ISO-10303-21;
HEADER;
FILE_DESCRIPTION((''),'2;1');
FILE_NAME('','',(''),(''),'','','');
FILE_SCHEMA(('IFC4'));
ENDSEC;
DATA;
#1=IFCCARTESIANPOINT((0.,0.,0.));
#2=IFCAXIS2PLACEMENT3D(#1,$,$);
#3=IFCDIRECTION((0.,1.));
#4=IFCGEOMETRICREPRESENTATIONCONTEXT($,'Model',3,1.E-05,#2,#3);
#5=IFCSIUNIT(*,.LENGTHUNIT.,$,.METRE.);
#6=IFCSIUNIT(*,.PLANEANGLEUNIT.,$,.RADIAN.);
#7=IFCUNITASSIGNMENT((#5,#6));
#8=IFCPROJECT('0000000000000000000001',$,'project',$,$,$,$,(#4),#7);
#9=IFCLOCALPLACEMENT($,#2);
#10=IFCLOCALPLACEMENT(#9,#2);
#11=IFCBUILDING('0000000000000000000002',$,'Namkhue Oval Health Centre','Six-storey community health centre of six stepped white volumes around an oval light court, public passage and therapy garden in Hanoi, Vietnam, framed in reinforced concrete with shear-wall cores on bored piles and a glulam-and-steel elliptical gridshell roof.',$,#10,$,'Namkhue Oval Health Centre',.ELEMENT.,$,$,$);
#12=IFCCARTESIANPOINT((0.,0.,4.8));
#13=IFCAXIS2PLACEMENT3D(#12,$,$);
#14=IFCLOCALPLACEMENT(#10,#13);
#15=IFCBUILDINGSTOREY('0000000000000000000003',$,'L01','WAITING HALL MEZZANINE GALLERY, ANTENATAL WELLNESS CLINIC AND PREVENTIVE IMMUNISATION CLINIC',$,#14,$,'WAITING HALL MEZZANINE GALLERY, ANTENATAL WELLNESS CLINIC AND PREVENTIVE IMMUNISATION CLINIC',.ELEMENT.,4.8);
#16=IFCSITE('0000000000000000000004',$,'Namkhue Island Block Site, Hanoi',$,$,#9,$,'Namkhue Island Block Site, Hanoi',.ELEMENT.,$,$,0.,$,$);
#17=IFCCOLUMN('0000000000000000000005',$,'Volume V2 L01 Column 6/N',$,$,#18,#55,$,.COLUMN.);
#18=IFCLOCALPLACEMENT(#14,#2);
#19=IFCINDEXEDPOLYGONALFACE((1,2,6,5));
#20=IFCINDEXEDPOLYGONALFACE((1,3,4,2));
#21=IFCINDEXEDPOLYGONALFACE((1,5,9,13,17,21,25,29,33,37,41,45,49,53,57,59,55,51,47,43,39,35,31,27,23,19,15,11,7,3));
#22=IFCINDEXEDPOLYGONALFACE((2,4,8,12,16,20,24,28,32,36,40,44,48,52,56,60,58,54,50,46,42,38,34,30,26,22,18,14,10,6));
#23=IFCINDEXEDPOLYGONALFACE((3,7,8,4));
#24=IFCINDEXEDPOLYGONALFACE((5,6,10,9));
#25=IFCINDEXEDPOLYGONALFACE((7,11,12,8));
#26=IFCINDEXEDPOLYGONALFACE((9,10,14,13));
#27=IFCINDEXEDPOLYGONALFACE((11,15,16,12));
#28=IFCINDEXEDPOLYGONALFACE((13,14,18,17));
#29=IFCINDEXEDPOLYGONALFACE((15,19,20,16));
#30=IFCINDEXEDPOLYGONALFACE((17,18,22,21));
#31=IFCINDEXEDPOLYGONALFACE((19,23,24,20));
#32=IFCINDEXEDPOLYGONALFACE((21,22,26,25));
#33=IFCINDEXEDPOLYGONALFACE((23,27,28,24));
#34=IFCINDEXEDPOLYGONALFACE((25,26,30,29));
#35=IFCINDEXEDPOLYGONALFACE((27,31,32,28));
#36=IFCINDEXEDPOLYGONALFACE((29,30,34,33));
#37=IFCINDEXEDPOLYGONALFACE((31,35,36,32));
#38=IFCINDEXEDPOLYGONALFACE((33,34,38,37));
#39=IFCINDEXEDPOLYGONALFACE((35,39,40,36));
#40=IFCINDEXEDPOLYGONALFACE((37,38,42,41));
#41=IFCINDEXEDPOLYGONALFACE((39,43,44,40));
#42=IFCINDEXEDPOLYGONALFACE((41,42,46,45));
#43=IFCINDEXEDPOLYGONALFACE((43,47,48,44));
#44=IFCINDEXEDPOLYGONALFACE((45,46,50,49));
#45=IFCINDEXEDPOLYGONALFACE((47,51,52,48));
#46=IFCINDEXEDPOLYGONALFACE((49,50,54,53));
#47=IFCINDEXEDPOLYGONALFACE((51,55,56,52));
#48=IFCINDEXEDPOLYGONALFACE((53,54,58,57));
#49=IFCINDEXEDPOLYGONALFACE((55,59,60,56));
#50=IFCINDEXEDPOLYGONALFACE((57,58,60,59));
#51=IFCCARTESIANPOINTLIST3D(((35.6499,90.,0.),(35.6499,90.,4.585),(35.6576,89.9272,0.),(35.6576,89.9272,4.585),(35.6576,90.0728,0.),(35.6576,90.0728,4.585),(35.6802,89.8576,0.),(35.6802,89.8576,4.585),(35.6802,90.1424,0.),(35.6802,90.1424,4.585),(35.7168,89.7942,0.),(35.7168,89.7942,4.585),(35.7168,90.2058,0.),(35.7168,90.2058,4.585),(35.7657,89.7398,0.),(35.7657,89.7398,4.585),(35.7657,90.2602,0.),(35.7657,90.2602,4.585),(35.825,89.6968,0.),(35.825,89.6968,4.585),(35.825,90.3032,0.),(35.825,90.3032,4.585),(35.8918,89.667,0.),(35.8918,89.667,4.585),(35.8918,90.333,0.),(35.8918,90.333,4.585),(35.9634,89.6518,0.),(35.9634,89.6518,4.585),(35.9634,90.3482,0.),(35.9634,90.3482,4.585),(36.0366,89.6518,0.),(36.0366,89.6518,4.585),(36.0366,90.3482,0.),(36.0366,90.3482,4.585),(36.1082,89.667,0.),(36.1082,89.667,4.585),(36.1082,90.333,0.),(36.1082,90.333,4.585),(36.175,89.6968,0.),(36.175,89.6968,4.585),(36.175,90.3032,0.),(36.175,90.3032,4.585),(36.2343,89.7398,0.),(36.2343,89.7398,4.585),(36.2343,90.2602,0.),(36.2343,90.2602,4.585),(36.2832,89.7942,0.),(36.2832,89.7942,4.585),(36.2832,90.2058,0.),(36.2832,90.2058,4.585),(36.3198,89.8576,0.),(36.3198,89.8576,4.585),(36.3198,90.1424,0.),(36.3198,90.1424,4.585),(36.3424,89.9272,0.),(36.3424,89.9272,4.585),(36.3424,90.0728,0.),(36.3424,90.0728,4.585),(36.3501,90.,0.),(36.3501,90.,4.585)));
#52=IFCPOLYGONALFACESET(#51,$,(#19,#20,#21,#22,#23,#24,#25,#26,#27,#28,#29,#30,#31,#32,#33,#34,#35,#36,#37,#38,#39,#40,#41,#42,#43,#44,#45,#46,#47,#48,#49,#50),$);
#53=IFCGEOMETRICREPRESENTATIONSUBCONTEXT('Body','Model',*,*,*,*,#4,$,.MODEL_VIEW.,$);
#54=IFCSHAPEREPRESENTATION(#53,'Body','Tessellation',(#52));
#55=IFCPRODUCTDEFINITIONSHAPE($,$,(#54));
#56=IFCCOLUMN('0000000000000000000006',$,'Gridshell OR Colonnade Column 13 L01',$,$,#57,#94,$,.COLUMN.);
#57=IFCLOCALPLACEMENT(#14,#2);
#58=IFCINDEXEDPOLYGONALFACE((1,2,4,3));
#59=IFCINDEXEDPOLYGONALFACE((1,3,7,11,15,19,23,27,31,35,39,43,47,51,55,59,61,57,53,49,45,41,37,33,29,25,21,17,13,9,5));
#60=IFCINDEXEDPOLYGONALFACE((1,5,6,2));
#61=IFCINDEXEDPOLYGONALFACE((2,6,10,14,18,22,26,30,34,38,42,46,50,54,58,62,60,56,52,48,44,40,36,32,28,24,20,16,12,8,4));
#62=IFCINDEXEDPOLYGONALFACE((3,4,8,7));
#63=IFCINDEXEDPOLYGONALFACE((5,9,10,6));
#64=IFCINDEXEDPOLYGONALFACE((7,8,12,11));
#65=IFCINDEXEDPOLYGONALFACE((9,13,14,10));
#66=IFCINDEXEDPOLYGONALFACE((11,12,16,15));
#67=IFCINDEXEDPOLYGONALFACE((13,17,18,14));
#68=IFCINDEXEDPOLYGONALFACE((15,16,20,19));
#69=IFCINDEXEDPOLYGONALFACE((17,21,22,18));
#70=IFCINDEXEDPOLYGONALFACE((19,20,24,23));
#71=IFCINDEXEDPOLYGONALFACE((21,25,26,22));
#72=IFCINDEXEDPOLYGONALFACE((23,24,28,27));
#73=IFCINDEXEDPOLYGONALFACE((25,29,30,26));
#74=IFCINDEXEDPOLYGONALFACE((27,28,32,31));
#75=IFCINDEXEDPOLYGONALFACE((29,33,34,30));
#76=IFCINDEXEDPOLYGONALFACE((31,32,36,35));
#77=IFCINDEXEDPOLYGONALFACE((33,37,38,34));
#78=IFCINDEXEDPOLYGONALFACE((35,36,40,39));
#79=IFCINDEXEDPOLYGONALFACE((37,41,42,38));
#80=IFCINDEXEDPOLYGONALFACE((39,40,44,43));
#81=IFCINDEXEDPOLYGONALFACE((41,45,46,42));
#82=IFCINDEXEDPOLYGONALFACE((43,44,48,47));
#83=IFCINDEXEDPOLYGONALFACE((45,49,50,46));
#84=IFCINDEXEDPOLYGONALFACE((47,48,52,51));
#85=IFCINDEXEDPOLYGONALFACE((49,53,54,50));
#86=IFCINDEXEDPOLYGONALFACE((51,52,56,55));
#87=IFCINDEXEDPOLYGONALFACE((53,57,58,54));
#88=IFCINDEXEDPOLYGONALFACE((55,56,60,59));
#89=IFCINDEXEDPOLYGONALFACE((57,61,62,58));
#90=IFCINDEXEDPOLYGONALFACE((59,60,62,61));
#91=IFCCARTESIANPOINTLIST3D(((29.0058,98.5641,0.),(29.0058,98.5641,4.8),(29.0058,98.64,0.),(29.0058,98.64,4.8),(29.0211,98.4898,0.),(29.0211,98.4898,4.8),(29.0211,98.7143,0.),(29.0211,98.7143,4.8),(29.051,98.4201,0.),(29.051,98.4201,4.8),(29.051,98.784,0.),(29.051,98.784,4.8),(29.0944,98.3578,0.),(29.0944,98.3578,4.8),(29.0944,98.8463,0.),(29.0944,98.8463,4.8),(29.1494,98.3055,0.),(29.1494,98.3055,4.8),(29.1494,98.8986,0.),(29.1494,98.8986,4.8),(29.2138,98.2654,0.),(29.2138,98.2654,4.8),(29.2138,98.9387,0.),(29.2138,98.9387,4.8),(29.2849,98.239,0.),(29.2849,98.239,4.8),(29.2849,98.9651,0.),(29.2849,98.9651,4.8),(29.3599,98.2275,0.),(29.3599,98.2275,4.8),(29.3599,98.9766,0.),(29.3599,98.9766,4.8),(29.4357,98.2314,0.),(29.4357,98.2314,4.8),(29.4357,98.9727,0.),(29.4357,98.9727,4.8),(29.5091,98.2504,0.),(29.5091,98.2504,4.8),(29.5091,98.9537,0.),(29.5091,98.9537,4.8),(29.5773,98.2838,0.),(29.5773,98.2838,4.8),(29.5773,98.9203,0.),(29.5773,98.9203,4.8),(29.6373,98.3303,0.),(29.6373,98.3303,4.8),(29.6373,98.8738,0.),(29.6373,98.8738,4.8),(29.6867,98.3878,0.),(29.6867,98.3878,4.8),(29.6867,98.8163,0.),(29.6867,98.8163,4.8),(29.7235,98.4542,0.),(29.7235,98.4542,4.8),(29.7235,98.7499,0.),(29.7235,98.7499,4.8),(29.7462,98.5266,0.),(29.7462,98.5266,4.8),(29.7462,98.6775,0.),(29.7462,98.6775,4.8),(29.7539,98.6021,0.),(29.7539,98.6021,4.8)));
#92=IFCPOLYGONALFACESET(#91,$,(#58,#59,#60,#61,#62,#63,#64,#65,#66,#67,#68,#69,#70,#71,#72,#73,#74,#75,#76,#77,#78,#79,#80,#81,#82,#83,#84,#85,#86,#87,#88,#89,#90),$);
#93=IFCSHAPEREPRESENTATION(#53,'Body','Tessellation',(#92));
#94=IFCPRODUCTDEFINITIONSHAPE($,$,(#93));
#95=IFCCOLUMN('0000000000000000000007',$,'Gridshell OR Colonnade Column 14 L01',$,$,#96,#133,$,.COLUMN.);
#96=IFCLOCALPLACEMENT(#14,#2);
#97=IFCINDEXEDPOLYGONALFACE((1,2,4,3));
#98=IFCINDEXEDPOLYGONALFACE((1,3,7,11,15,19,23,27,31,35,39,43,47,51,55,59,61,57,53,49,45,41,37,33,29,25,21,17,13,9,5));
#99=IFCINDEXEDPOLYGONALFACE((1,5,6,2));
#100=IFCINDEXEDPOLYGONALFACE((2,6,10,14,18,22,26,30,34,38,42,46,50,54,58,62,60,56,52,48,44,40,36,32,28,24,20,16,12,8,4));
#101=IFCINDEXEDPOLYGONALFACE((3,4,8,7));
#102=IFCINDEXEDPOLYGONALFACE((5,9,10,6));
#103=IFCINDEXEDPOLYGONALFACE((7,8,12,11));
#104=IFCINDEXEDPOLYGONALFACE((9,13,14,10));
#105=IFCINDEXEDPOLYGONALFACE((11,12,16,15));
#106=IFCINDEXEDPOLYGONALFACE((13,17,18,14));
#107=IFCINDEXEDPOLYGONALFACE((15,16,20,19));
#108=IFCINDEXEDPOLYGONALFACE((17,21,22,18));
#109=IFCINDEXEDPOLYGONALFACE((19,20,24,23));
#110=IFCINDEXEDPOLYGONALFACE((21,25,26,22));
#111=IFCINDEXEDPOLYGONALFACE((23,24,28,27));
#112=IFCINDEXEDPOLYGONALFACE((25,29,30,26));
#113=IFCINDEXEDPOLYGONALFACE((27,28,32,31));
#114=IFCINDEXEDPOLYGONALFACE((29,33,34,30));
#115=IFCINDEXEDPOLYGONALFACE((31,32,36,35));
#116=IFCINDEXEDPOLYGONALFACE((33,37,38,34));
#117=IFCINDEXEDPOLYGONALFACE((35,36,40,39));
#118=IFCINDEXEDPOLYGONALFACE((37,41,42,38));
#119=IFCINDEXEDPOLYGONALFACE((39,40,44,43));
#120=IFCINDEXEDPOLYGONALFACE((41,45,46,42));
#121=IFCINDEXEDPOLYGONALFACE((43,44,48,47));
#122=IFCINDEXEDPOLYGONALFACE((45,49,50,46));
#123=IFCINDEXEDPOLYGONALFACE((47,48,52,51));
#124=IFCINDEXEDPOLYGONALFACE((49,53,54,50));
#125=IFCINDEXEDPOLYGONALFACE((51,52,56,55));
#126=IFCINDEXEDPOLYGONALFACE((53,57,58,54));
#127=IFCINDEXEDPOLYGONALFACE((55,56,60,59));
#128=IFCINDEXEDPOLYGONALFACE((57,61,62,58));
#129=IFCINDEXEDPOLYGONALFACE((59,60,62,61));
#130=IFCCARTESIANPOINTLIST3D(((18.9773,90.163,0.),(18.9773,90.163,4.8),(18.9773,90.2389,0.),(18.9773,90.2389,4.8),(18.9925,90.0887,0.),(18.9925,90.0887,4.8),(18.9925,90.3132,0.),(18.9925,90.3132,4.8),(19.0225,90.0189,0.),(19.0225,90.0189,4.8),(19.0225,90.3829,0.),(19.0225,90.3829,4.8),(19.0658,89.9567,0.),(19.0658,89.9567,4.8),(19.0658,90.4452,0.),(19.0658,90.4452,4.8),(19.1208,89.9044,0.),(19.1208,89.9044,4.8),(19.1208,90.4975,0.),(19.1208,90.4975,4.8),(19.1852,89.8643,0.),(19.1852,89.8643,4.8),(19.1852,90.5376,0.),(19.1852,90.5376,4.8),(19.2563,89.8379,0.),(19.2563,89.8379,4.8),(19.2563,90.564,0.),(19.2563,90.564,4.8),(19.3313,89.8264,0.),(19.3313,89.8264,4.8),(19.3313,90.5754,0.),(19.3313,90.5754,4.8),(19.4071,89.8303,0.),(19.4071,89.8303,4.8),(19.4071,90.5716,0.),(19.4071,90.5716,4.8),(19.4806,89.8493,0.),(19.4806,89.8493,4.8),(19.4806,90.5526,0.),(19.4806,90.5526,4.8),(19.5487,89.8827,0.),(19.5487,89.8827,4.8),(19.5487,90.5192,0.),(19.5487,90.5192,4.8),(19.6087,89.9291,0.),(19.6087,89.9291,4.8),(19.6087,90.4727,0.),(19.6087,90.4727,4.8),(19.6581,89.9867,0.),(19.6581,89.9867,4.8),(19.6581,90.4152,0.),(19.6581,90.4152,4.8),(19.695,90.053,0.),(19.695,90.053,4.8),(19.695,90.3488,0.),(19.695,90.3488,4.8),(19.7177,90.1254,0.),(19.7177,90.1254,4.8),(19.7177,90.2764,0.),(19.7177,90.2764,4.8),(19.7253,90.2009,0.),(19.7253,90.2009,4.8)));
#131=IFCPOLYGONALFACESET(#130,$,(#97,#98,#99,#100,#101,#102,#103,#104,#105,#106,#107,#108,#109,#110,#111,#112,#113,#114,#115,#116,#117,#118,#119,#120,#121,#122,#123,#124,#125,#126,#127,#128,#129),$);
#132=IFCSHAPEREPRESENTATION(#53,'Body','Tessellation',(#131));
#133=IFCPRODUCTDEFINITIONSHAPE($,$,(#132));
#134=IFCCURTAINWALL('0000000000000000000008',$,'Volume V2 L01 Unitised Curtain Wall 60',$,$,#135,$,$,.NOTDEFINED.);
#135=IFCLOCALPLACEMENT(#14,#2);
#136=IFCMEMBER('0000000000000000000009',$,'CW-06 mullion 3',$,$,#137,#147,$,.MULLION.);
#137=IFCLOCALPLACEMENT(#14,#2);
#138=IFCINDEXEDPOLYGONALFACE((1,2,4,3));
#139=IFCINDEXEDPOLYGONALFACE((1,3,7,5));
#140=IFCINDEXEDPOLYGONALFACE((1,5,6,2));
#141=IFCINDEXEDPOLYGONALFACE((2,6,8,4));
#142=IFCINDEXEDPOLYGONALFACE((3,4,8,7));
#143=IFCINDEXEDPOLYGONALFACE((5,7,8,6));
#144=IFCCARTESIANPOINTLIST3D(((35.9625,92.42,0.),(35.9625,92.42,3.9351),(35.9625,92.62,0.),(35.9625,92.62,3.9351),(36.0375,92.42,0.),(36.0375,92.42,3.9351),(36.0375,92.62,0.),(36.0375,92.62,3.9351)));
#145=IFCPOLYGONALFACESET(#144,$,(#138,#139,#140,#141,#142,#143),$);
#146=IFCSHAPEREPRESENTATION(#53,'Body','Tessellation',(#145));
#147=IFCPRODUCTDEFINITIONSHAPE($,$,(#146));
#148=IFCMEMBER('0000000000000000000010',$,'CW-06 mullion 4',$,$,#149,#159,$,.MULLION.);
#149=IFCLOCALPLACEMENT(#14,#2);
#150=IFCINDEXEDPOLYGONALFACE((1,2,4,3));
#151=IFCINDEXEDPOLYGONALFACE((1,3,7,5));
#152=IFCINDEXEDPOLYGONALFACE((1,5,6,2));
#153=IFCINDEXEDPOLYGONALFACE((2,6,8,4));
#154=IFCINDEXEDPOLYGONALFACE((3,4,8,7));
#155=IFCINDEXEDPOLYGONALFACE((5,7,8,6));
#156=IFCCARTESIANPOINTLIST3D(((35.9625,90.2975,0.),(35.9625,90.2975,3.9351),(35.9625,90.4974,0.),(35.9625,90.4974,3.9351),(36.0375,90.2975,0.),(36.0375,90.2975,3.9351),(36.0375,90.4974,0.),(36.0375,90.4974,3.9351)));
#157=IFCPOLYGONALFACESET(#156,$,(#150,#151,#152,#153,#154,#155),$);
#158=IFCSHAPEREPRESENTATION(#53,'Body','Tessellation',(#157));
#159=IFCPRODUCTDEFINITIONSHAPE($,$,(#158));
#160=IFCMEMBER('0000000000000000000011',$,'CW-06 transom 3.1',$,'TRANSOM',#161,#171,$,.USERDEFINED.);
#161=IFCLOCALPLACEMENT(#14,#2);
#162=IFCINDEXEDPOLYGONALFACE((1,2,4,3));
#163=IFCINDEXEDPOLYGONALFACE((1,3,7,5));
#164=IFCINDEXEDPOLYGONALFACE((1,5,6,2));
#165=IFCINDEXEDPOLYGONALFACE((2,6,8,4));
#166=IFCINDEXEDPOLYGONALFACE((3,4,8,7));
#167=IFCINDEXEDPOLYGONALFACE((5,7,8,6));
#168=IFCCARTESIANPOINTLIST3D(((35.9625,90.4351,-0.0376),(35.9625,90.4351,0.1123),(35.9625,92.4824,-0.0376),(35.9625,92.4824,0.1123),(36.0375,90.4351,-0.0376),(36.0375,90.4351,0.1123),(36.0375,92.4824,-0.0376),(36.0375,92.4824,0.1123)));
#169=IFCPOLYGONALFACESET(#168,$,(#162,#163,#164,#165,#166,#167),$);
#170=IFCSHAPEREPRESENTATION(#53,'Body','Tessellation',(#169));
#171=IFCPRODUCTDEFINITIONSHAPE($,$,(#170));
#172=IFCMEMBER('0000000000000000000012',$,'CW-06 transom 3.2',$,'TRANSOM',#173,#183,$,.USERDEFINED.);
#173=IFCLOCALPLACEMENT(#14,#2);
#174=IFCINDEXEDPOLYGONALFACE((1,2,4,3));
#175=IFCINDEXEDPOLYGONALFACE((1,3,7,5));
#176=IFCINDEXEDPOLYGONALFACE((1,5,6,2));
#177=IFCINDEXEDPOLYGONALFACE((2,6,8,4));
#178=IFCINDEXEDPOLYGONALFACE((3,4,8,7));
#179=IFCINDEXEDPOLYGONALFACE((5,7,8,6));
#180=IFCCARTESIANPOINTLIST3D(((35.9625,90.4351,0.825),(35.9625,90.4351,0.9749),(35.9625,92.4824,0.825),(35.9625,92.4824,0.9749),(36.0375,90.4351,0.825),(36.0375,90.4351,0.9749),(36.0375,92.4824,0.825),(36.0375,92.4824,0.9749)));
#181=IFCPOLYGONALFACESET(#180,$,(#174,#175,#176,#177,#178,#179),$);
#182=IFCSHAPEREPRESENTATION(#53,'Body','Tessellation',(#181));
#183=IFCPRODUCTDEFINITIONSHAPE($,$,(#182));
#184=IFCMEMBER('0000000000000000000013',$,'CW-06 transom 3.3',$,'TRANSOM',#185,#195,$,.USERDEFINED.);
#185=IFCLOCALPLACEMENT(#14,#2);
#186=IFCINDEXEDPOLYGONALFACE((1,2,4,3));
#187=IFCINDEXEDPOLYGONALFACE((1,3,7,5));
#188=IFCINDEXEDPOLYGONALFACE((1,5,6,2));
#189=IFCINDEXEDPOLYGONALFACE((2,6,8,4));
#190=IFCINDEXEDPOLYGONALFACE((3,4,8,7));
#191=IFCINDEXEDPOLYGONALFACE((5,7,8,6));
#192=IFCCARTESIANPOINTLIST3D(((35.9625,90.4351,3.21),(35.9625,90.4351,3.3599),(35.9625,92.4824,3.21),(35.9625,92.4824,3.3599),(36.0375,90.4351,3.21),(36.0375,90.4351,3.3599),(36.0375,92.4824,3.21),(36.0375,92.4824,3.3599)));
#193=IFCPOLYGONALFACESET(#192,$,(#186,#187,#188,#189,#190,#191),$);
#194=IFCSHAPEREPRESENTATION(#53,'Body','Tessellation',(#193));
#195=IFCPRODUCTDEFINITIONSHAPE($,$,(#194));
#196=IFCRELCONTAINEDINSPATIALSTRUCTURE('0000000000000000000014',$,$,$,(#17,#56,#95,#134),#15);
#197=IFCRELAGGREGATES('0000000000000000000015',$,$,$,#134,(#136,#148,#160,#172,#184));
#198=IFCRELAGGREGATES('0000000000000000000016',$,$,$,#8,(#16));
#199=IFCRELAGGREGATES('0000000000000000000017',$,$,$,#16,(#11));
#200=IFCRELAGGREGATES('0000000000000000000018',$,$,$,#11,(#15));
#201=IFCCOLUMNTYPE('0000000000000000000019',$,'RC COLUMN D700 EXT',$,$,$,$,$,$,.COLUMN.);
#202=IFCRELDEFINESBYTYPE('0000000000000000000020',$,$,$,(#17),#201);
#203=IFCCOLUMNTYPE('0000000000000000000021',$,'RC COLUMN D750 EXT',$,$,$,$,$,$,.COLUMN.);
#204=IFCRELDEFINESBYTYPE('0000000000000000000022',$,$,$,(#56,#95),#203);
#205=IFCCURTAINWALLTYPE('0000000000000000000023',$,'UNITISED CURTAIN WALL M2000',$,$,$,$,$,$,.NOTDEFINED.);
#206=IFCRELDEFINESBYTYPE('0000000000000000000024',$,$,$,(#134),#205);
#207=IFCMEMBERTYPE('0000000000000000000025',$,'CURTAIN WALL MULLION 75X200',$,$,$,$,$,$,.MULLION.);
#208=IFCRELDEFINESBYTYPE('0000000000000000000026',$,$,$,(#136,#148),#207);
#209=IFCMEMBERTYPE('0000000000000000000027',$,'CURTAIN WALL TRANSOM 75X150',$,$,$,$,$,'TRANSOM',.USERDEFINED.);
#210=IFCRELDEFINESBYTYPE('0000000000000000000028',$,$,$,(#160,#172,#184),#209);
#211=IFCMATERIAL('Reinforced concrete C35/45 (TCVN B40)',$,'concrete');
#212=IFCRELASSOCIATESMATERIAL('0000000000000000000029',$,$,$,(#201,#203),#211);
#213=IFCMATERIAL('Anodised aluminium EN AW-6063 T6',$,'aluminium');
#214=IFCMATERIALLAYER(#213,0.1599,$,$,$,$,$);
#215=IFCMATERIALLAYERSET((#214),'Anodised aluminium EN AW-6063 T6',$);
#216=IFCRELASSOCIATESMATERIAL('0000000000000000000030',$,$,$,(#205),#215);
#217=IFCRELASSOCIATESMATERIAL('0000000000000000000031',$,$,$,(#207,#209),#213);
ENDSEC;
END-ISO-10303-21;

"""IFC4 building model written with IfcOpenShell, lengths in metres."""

from ifc_helpers import new_model, si_unit, direction, frame, origin, origin_2d, place, context, subcontext, project, spatial, rectangle, circle, extrude, material, layer, layer_set, material_profile, profile_set, type_object, element, aggregate, save


model = new_model("IFC4")

# Units and contexts
model_context = context("Model", 3, precision=1e-05, world=origin(), true_north=direction((0.0, 1.0)))
body_context = subcontext(model_context, "Body", "Model", "MODEL_VIEW")
ifc_project = project(units=[si_unit("LENGTHUNIT", "METRE"), si_unit("PLANEANGLEUNIT", "RADIAN")], contexts=[model_context])

# Site, building, storey
site_placement = place(None, origin())
site = spatial("IfcSite", under=ifc_project, at=site_placement, Name="Namkhue Island Block Site, Hanoi", LongName="Namkhue Island Block Site, Hanoi", CompositionType="ELEMENT", RefElevation=0.0)
building_placement = place(site_placement, origin())
building = spatial("IfcBuilding", under=site, at=building_placement, Name="Namkhue Oval Health Centre", Description="Six-storey community health centre of six stepped white volumes around an oval light court, public passage and therapy garden in Hanoi, Vietnam, framed in reinforced concrete with shear-wall cores on bored piles and a glulam-and-steel elliptical gridshell roof.", LongName="Namkhue Oval Health Centre", CompositionType="ELEMENT")
storey_placement = place(building_placement, frame((0.0, 0.0, 4.8)))
storey = spatial("IfcBuildingStorey", under=building, at=storey_placement, Name="L01", Description="WAITING HALL MEZZANINE GALLERY, ANTENATAL WELLNESS CLINIC AND PREVENTIVE IMMUNISATION CLINIC", LongName="WAITING HALL MEZZANINE GALLERY, ANTENATAL WELLNESS CLINIC AND PREVENTIVE IMMUNISATION CLINIC", CompositionType="ELEMENT", Elevation=4.8)

# Columns
ifc_material_1 = material(Name="Reinforced concrete C35/45 (TCVN B40)", Category="concrete")
ifc_material_profile_1 = material_profile(ifc_material_1, circle(Radius=0.3501, at=origin_2d()), Name="RC D700")
ifc_profile_set_1 = profile_set([ifc_material_profile_1], Name="Reinforced concrete C35/45 (TCVN B40)")
column_type_1 = type_object("IfcColumnType", Name="RC COLUMN D700 EXT", PredefinedType="COLUMN", material=ifc_profile_set_1)
column_placement = place(storey_placement, frame((36.0, 90.0, 0.0), z_axis=(0.0, 0.0, 1.0), x_axis=(1.0, 0.0, 0.0)))
element("IfcColumn", 1, at=column_placement, inside=storey, type_object=column_type_1, Name="Volume V2 L01 Column 6/N", PredefinedType="COLUMN", context=body_context, shape_type="SweptSolid", body=[
    extrude(circle(Radius=0.3501, at=origin_2d()), origin(), (0.0, 0.0, 1.0), 4.585),
])
ifc_material_profile_2 = material_profile(ifc_material_1, circle(Radius=0.375, at=origin_2d()), Name="RC D750")
ifc_profile_set_2 = profile_set([ifc_material_profile_2], Name="Reinforced concrete C35/45 (TCVN B40)")
column_type_2 = type_object("IfcColumnType", Name="RC COLUMN D750 EXT", PredefinedType="COLUMN", material=ifc_profile_set_2)
for number, where, z_axis, x_axis, name in (
    (2, (29.3789, 98.6021, 0.0), (0.0, 0.0, 1.0), (1.0, 0.0, 0.0), "Gridshell OR Colonnade Column 13 L01"),
    (3, (19.3503, 90.2009, 0.0), (0.0, 0.0, 1.0), (1.0, 0.0, 0.0), "Gridshell OR Colonnade Column 14 L01"),
):
    element("IfcColumn", number, at=place(storey_placement, frame(where, z_axis=z_axis, x_axis=x_axis)), inside=storey, type_object=column_type_2, Name=name, PredefinedType="COLUMN", context=body_context, shape_type="SweptSolid", body=[
        extrude(circle(Radius=0.375, at=origin_2d()), origin(), (0.0, 0.0, 1.0), 4.8),
    ])

# Curtain wall, members
ifc_material_2 = material(Name="Anodised aluminium EN AW-6063 T6", Category="aluminium")
ifc_layer_1 = layer(ifc_material_2, 0.1599)
ifc_layer_set_1 = layer_set([ifc_layer_1], Name="Anodised aluminium EN AW-6063 T6")
curtain_wall_type = type_object("IfcCurtainWallType", Name="UNITISED CURTAIN WALL M2000", PredefinedType="NOTDEFINED", material=ifc_layer_set_1)
curtain_wall_placement = place(storey_placement, origin())
curtain_wall = element("IfcCurtainWall", 4, at=curtain_wall_placement, inside=storey, type_object=curtain_wall_type, Name="Volume V2 L01 Unitised Curtain Wall 60", PredefinedType="NOTDEFINED")
ifc_material_profile_3 = material_profile(ifc_material_2, rectangle(XDim=0.075, YDim=0.2, at=origin_2d()), Name="ALU 75x200")
ifc_profile_set_3 = profile_set([ifc_material_profile_3], Name="Anodised aluminium EN AW-6063 T6")
member_type_1 = type_object("IfcMemberType", Name="CURTAIN WALL MULLION 75X200", PredefinedType="MULLION", material=ifc_profile_set_3)
member_1_placement = place(storey_placement, frame((36.0, 92.52, 0.0), z_axis=(0.0, 0.0, 1.0), x_axis=(1.0, 0.0, 0.0)))
member_1 = element("IfcMember", 5, at=member_1_placement, type_object=member_type_1, Name="CW-06 mullion 3", PredefinedType="MULLION", context=body_context, shape_type="SweptSolid", body=[
    extrude(rectangle(XDim=0.075, YDim=0.2, at=origin_2d()), origin(), (0.0, 0.0, 1.0), 3.9351),
])
member_2_placement = place(storey_placement, frame((36.0, 90.3975, 0.0), z_axis=(0.0, 0.0, 1.0), x_axis=(1.0, 0.0, 0.0)))
member_2 = element("IfcMember", 6, at=member_2_placement, type_object=member_type_1, Name="CW-06 mullion 4", PredefinedType="MULLION", context=body_context, shape_type="SweptSolid", body=[
    extrude(rectangle(XDim=0.075, YDim=0.2, at=origin_2d()), origin(), (0.0, 0.0, 1.0), 3.9351),
])
ifc_material_profile_4 = material_profile(ifc_material_2, rectangle(XDim=0.075, YDim=0.1499, at=origin_2d()), Name="ALU 75x150")
ifc_profile_set_4 = profile_set([ifc_material_profile_4], Name="Anodised aluminium EN AW-6063 T6")
member_type_2 = type_object("IfcMemberType", Name="CURTAIN WALL TRANSOM 75X150", ElementType="TRANSOM", PredefinedType="USERDEFINED", material=ifc_profile_set_4)
member_3_placement = place(storey_placement, frame((36.0, 92.4824, 0.0374), z_axis=(0.0, -1.0, 0.0), x_axis=(1.0, 0.0, 0.0)))
member_3 = element("IfcMember", 7, at=member_3_placement, type_object=member_type_2, Name="CW-06 transom 3.1", ObjectType="TRANSOM", PredefinedType="USERDEFINED", context=body_context, shape_type="SweptSolid", body=[
    extrude(rectangle(XDim=0.075, YDim=0.1499, at=origin_2d()), origin(), (0.0, 0.0, 1.0), 2.0474),
])
member_4_placement = place(storey_placement, frame((36.0, 92.4824, 0.8999), z_axis=(0.0, -1.0, 0.0), x_axis=(1.0, 0.0, 0.0)))
member_4 = element("IfcMember", 8, at=member_4_placement, type_object=member_type_2, Name="CW-06 transom 3.2", ObjectType="TRANSOM", PredefinedType="USERDEFINED", context=body_context, shape_type="SweptSolid", body=[
    extrude(rectangle(XDim=0.075, YDim=0.1499, at=origin_2d()), origin(), (0.0, 0.0, 1.0), 2.0474),
])
member_5_placement = place(storey_placement, frame((36.0, 92.4824, 3.2849), z_axis=(0.0, -1.0, 0.0), x_axis=(1.0, 0.0, 0.0)))
member_5 = element("IfcMember", 9, at=member_5_placement, type_object=member_type_2, Name="CW-06 transom 3.3", ObjectType="TRANSOM", PredefinedType="USERDEFINED", context=body_context, shape_type="SweptSolid", body=[
    extrude(rectangle(XDim=0.075, YDim=0.1499, at=origin_2d()), origin(), (0.0, 0.0, 1.0), 2.0474),
])

aggregate(curtain_wall, [member_1, member_2, member_3, member_4, member_5])

save(model, "model.ifc")
